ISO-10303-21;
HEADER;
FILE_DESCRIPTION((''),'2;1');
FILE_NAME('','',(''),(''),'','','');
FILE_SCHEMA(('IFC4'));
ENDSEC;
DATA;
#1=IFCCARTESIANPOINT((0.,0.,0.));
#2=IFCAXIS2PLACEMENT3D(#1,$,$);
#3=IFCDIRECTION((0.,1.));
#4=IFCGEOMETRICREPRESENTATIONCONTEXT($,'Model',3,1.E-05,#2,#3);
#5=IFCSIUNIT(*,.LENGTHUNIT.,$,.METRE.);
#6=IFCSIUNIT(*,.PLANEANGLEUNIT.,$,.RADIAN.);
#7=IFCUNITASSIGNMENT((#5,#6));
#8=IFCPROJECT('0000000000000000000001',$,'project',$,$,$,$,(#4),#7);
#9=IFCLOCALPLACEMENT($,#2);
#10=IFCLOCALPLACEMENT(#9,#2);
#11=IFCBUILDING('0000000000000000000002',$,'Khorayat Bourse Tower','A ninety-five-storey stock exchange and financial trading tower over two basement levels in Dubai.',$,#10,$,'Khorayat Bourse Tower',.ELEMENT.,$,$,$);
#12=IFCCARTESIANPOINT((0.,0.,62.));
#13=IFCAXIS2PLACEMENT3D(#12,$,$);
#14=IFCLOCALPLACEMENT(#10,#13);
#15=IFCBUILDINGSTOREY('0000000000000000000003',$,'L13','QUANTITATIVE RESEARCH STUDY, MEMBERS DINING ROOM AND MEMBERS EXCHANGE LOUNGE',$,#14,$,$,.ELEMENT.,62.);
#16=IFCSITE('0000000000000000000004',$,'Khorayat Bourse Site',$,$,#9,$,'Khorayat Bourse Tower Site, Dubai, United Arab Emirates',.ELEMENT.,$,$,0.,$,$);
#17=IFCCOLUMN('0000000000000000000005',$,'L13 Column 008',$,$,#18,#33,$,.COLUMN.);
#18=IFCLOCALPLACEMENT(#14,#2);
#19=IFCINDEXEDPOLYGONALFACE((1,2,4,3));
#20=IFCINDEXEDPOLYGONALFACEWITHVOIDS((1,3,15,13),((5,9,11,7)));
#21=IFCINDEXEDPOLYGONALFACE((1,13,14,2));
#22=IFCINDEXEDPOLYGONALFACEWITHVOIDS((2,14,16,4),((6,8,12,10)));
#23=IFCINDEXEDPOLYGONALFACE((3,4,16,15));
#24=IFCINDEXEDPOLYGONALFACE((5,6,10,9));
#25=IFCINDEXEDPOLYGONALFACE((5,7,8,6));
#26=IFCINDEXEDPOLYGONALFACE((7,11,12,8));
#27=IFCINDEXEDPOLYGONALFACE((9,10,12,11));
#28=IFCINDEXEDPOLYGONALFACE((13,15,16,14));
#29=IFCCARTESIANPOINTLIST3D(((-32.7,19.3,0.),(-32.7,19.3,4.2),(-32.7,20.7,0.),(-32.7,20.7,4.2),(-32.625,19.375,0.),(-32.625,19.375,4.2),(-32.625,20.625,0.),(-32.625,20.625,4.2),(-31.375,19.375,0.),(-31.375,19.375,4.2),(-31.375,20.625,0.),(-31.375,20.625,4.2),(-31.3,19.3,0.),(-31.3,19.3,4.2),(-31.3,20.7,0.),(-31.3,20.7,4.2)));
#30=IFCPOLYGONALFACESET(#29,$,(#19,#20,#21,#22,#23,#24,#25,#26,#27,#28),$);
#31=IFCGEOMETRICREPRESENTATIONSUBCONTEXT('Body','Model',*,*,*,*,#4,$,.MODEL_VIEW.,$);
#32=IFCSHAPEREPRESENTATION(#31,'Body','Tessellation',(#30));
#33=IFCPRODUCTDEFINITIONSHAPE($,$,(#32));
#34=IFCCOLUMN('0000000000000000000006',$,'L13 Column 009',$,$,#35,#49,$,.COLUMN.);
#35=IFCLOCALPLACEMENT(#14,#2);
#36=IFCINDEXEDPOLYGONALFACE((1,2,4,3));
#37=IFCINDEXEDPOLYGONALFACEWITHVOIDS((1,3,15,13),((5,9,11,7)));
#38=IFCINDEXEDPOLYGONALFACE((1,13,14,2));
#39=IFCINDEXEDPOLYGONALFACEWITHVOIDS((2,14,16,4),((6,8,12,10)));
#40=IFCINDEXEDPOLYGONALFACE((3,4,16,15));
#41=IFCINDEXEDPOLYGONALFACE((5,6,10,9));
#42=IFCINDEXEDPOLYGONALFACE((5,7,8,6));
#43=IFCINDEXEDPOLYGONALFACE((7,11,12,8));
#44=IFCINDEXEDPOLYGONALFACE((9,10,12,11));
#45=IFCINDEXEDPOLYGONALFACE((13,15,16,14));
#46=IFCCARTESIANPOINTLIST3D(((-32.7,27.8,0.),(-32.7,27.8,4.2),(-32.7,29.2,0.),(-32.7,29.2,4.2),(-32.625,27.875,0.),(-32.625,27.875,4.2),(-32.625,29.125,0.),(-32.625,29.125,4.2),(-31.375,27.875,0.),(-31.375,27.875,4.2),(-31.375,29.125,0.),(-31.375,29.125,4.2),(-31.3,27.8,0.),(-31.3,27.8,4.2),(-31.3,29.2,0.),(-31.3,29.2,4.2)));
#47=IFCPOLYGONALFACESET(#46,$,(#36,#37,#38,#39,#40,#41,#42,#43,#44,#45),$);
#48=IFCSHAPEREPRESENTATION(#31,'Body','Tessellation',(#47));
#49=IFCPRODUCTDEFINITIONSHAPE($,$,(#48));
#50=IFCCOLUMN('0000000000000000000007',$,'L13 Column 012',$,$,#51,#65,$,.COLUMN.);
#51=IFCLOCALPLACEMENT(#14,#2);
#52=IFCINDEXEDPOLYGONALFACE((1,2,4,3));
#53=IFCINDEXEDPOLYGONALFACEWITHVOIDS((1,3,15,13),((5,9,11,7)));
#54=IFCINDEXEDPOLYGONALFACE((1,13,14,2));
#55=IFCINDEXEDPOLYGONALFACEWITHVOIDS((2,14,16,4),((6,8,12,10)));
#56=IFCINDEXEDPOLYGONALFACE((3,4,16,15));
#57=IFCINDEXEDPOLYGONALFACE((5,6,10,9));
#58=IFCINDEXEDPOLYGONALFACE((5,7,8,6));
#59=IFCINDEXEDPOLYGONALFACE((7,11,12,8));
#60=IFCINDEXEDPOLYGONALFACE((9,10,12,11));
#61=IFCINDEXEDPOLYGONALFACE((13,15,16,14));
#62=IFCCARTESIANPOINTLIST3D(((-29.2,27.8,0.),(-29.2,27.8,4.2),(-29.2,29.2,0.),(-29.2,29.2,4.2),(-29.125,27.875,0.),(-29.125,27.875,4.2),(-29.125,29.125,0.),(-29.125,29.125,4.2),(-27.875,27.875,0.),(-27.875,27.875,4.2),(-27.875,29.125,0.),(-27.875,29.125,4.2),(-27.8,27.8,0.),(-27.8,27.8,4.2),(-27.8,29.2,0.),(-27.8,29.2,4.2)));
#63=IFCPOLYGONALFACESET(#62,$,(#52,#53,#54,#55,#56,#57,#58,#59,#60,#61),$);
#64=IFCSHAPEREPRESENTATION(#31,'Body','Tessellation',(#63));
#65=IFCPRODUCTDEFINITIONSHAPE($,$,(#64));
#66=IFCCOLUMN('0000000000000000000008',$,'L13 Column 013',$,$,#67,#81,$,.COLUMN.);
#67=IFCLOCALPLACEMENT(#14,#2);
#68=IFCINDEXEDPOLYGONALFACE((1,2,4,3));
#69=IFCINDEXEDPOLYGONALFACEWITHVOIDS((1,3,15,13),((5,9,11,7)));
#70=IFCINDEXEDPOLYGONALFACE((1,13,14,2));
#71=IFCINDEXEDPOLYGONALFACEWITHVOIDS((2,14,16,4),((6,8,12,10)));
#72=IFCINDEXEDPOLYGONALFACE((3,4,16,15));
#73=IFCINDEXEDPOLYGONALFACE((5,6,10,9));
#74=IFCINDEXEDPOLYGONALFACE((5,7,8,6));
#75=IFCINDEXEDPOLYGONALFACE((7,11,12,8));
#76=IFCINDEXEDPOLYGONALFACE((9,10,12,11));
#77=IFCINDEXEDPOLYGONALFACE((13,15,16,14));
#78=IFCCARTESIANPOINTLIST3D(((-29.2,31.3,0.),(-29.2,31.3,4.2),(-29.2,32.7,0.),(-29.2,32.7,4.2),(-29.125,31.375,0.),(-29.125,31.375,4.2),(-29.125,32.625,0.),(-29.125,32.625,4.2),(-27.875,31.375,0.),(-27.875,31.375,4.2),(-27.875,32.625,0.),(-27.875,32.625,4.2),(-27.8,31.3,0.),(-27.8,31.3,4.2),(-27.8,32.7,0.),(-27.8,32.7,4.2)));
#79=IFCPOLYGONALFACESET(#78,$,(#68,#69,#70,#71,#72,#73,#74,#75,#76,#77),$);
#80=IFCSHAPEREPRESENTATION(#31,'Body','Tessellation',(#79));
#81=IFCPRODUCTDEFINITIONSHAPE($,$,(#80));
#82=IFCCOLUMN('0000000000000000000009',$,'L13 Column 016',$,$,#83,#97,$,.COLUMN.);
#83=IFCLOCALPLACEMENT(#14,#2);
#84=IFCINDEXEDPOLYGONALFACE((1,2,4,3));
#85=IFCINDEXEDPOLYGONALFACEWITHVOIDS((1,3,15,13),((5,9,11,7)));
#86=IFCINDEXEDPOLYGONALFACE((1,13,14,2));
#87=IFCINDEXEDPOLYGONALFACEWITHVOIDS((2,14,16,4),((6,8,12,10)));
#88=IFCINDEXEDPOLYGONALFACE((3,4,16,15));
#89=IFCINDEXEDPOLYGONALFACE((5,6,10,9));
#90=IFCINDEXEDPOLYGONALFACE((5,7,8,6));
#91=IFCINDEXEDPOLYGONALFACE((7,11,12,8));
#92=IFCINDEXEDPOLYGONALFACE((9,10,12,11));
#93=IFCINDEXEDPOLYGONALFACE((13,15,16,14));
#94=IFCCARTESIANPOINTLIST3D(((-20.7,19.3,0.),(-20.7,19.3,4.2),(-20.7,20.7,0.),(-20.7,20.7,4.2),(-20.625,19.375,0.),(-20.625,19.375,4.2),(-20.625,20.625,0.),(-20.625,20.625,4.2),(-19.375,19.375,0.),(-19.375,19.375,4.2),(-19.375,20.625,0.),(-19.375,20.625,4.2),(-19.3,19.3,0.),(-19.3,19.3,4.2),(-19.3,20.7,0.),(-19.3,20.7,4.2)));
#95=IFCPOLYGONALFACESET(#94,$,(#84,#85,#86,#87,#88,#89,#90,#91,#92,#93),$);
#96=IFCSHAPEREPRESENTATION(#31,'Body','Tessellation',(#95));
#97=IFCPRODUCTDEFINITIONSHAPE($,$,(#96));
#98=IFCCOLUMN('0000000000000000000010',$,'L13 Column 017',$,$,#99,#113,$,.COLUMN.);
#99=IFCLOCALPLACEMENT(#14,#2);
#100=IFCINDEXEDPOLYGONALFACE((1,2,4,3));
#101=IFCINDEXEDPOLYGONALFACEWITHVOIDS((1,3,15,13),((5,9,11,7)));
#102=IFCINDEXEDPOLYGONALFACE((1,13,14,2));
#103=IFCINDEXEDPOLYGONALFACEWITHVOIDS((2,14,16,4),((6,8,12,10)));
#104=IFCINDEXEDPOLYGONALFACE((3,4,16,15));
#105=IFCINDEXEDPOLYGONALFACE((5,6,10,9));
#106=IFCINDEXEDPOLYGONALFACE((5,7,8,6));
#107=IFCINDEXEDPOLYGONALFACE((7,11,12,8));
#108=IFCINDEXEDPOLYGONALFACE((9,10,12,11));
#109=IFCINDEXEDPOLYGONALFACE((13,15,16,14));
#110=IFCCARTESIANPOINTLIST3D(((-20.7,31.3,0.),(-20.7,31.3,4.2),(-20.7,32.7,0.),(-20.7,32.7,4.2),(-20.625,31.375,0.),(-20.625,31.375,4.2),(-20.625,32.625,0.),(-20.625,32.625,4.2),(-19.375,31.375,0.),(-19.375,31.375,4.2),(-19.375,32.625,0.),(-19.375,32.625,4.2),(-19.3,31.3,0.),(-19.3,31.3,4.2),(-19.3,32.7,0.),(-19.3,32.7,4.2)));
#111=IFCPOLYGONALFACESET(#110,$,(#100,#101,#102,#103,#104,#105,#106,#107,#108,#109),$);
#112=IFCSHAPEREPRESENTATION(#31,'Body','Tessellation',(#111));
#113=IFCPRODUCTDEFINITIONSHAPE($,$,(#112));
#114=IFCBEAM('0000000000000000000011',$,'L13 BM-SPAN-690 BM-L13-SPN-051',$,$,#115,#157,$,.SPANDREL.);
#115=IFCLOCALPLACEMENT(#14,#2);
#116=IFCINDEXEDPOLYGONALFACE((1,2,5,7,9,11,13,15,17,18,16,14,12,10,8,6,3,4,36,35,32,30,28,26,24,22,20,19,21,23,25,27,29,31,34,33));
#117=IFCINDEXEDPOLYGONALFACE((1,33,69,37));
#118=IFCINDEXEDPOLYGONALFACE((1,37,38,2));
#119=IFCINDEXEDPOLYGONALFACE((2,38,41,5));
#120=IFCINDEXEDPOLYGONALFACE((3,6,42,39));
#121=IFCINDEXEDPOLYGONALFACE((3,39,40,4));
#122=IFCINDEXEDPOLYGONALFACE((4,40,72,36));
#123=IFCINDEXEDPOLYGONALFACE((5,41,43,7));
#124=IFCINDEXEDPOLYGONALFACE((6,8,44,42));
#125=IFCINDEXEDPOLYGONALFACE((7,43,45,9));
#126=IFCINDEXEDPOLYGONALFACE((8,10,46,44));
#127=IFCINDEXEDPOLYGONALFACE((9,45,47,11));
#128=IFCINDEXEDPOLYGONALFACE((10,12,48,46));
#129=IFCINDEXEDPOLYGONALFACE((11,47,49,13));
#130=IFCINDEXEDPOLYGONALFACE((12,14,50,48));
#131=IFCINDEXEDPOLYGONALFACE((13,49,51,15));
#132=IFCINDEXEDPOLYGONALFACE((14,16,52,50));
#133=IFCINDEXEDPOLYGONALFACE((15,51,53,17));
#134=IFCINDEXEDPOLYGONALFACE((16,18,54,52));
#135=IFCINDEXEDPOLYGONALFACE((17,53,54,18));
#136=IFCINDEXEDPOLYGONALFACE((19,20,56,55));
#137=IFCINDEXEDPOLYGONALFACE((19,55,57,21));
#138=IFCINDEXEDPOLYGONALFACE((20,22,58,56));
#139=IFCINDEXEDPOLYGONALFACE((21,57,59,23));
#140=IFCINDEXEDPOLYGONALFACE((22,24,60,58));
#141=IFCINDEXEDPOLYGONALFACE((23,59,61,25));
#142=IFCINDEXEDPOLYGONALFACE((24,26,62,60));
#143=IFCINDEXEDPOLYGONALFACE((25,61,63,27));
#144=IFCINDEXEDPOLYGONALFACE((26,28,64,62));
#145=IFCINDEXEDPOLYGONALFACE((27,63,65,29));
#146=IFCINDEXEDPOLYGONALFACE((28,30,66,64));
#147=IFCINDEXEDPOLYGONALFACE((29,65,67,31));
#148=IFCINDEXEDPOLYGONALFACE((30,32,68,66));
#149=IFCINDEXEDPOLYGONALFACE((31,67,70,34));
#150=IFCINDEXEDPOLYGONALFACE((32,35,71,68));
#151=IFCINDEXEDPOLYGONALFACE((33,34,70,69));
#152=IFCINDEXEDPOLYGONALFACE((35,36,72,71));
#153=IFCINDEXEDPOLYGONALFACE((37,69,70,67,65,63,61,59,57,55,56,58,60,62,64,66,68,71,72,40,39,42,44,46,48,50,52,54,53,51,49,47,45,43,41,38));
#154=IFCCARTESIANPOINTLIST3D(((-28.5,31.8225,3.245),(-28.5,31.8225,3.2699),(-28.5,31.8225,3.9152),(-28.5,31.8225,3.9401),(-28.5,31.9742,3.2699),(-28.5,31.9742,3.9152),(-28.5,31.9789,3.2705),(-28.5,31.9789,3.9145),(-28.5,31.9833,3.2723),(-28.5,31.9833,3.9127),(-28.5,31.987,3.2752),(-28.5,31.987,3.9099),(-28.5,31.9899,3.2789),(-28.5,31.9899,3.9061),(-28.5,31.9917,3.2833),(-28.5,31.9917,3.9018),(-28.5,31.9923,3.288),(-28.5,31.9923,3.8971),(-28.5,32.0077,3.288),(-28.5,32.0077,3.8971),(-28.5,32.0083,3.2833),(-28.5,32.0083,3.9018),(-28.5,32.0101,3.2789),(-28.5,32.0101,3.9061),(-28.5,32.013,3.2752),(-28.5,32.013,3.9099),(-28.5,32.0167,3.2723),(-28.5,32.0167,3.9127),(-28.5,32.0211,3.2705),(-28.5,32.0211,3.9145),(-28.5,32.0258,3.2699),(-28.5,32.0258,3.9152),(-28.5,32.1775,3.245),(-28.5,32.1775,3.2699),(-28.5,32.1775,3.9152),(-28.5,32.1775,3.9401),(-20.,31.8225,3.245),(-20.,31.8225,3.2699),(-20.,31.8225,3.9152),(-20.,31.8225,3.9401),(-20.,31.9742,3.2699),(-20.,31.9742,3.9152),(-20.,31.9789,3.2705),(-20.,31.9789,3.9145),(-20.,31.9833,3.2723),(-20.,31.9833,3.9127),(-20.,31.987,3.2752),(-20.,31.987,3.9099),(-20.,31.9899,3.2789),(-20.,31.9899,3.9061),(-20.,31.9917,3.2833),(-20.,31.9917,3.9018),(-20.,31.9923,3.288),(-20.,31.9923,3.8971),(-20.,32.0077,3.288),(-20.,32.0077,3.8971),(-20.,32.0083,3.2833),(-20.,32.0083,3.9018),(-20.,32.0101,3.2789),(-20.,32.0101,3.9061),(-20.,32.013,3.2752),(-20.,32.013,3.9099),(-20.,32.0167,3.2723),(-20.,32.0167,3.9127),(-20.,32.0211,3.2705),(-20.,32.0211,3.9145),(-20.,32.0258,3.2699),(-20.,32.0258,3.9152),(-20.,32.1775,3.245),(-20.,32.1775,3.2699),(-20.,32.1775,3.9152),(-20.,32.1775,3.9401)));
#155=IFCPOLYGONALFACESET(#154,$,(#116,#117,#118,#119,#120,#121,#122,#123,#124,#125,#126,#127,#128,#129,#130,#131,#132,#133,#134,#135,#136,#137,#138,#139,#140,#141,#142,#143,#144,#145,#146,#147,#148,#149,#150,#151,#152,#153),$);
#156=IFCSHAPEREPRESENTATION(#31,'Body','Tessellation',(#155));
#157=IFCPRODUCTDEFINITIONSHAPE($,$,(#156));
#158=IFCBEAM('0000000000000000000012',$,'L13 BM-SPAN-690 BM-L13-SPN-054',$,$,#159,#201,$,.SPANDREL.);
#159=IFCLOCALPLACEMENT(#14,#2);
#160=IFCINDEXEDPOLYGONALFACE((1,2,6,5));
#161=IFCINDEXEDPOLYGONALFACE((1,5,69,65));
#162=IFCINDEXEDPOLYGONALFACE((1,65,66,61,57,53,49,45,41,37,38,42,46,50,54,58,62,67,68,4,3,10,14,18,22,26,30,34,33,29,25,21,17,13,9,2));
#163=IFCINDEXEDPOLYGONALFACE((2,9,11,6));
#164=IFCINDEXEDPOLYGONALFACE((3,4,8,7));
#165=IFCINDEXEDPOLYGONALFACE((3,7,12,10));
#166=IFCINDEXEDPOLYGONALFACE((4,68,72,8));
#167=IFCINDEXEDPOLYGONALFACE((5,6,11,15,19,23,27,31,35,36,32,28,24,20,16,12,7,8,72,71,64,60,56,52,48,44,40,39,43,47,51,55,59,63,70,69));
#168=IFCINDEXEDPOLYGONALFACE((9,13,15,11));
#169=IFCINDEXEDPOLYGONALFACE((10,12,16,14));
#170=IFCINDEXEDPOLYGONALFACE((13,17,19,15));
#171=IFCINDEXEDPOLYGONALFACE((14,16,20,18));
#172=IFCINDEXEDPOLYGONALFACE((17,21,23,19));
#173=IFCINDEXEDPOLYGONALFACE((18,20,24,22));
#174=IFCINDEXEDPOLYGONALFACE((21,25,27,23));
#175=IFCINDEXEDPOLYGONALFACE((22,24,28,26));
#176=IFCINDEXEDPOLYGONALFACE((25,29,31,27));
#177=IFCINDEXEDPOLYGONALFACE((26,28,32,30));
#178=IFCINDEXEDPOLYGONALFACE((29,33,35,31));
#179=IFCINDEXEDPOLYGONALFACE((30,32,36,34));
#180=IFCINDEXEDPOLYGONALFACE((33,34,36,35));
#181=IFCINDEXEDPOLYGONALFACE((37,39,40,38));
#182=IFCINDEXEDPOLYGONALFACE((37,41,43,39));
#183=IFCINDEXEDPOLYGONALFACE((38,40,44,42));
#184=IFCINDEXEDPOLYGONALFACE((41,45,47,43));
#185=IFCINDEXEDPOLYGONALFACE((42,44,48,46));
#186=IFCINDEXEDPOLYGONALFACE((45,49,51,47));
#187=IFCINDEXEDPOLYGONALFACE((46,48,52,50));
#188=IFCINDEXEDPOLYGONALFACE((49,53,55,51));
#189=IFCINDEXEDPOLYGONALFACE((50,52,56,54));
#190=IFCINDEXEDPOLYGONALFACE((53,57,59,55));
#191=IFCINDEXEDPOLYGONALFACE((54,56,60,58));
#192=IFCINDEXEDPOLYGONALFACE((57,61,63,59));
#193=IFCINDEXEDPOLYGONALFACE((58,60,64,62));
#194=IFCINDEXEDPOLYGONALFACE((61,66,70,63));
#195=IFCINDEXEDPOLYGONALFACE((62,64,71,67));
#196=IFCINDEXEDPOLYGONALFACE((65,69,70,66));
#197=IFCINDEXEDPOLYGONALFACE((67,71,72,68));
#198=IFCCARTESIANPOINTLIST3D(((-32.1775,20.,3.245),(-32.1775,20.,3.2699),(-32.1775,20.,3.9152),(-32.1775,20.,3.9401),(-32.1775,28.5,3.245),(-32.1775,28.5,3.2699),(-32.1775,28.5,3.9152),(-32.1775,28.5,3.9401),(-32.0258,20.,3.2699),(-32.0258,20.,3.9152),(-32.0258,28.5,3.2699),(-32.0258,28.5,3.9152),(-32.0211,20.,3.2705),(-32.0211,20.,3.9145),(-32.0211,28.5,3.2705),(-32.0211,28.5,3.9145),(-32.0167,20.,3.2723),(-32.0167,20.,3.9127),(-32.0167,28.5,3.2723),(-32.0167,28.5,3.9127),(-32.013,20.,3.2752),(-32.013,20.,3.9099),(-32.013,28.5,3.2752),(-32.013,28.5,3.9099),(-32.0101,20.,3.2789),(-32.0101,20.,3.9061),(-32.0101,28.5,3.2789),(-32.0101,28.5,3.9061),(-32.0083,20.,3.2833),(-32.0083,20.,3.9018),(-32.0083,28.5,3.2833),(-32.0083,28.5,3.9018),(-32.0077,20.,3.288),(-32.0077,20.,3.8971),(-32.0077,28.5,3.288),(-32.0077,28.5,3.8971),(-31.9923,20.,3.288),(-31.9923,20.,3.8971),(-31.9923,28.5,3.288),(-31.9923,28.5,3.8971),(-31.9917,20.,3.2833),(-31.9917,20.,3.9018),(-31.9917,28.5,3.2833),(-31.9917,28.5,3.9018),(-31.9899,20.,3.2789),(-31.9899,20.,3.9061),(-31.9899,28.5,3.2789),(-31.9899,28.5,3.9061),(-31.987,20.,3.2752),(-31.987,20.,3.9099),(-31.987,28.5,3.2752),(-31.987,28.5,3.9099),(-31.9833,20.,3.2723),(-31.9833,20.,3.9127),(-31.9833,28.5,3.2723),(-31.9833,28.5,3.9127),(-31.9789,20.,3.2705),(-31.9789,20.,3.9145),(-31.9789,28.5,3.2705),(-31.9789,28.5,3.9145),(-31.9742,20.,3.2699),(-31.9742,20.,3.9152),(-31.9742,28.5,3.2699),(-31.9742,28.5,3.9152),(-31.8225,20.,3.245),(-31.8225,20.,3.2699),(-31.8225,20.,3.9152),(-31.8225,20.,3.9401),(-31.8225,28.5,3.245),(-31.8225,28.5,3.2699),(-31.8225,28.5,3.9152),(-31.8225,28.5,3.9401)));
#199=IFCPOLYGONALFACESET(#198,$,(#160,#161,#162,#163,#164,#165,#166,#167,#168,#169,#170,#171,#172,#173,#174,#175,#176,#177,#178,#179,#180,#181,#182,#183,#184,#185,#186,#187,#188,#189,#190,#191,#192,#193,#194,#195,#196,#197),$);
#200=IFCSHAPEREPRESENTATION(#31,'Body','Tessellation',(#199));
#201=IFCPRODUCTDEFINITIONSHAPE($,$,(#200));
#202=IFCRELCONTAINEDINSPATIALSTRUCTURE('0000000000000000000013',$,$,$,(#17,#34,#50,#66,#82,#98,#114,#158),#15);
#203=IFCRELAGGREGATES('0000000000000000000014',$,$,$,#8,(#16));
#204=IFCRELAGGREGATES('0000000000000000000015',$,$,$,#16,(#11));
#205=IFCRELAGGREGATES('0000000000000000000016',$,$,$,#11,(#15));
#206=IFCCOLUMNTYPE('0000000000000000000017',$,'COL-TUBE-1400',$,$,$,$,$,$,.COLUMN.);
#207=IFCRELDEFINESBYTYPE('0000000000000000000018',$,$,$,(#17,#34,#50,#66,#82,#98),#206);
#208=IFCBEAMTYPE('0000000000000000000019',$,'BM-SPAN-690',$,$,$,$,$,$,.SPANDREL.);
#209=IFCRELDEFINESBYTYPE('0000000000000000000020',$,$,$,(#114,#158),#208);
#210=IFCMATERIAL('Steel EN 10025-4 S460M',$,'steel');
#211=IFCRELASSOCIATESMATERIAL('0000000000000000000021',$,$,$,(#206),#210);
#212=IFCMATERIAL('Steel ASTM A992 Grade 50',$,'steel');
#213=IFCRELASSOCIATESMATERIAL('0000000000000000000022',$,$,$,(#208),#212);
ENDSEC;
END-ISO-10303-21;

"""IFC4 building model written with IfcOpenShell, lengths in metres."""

from ifc_helpers import new_model, si_unit, direction, frame, origin, origin_2d, place, context, subcontext, project, spatial, hollow_rectangle, i_section, extrude, source, transform, mapped, material, material_profile, profile_set, type_object, element, save


model = new_model("IFC4")

# Units and contexts
model_context = context("Model", 3, precision=1e-05, world=origin(), true_north=direction((0.0, 1.0)))
body_context = subcontext(model_context, "Body", "Model", "MODEL_VIEW")
ifc_project = project(units=[si_unit("LENGTHUNIT", "METRE"), si_unit("PLANEANGLEUNIT", "RADIAN")], contexts=[model_context])

# Site, building, storey
site_placement = place(None, origin())
site = spatial("IfcSite", under=ifc_project, at=site_placement, Name="Khorayat Bourse Site", LongName="Khorayat Bourse Tower Site, Dubai, United Arab Emirates", CompositionType="ELEMENT", RefElevation=0.0)
building_placement = place(site_placement, origin())
building = spatial("IfcBuilding", under=site, at=building_placement, Name="Khorayat Bourse Tower", Description="A ninety-five-storey stock exchange and financial trading tower over two basement levels in Dubai.", LongName="Khorayat Bourse Tower", CompositionType="ELEMENT")
storey_placement = place(building_placement, frame((0.0, 0.0, 62.0)))
storey = spatial("IfcBuildingStorey", under=building, at=storey_placement, Name="L13", Description="QUANTITATIVE RESEARCH STUDY, MEMBERS DINING ROOM AND MEMBERS EXCHANGE LOUNGE", CompositionType="ELEMENT", Elevation=62.0)

# Columns
ifc_material_1 = material(Name="Steel EN 10025-4 S460M", Category="steel")
ifc_material_profile_1 = material_profile(ifc_material_1, hollow_rectangle(XDim=1.3999, YDim=1.3999, WallThickness=0.075, at=origin_2d()), Name="BOX 1400x1400x75")
ifc_profile_set_1 = profile_set([ifc_material_profile_1], Name="Steel EN 10025-4 S460M")
column_type = type_object("IfcColumnType", Name="COL-TUBE-1400", PredefinedType="COLUMN", material=ifc_profile_set_1)
shared_shape_1 = source(origin(), body_context, "Body", "SweptSolid", [
    extrude(hollow_rectangle(XDim=1.3999, YDim=1.3999, WallThickness=0.075, at=origin_2d()), origin(), (0.0, 0.0, 1.0), 4.2),
])
for number, where, z_axis, x_axis, name in (
    (1, (-32.0, 20.0, 0.0), (0.0, 0.0, 1.0), (1.0, 0.0, 0.0), "L13 Column 008"),
    (2, (-32.0, 28.5, 0.0), (0.0, 0.0, 1.0), (1.0, 0.0, 0.0), "L13 Column 009"),
    (3, (-28.5, 28.5, 0.0), (0.0, 0.0, 1.0), (1.0, 0.0, 0.0), "L13 Column 012"),
    (4, (-28.5, 32.0, 0.0), (0.0, 0.0, 1.0), (1.0, 0.0, 0.0), "L13 Column 013"),
    (5, (-20.0, 20.0, 0.0), (0.0, 0.0, 1.0), (1.0, 0.0, 0.0), "L13 Column 016"),
    (6, (-20.0, 32.0, 0.0), (0.0, 0.0, 1.0), (1.0, 0.0, 0.0), "L13 Column 017"),
):
    element("IfcColumn", number, at=place(storey_placement, frame(where, z_axis=z_axis, x_axis=x_axis)), inside=storey, type_object=column_type, Name=name, PredefinedType="COLUMN", context=body_context, shape_type="MappedRepresentation", body=[
        mapped(shared_shape_1, transform((0.0, 0.0, 0.0), scale=1.0)),
    ])

# Beams
ifc_material_2 = material(Name="Steel ASTM A992 Grade 50", Category="steel")
ifc_material_profile_2 = material_profile(ifc_material_2, i_section(OverallWidth=0.355, OverallDepth=0.6951, WebThickness=0.0154, FlangeThickness=0.0249, FilletRadius=0.0181, at=origin_2d()), Name="W690X217")
ifc_profile_set_2 = profile_set([ifc_material_profile_2], Name="Steel ASTM A992 Grade 50")
beam_type_1 = type_object("IfcBeamType", Name="BM-SPAN-690", PredefinedType="SPANDREL", material=ifc_profile_set_2)
shared_shape_2 = source(origin(), body_context, "Body", "SweptSolid", [
    extrude(i_section(OverallWidth=0.355, OverallDepth=0.6951, WebThickness=0.0154, FlangeThickness=0.0249, FilletRadius=0.0181, at=origin_2d()), origin(), (0.0, 0.0, 1.0), 8.5),
])
for number, where, z_axis, x_axis, name in (
    (7, (-28.5, 32.0, 3.5925), (1.0, 0.0, 0.0), (0.0, 1.0, 0.0), "L13 BM-SPAN-690 BM-L13-SPN-051"),
    (8, (-32.0, 20.0, 3.5925), (0.0, 1.0, 0.0), (-1.0, 0.0, 0.0), "L13 BM-SPAN-690 BM-L13-SPN-054"),
):
    element("IfcBeam", number, at=place(storey_placement, frame(where, z_axis=z_axis, x_axis=x_axis)), inside=storey, type_object=beam_type_1, Name=name, PredefinedType="SPANDREL", context=body_context, shape_type="MappedRepresentation", body=[
        mapped(shared_shape_2, transform((0.0, 0.0, 0.0), scale=1.0)),
    ])

save(model, "model.ifc")
